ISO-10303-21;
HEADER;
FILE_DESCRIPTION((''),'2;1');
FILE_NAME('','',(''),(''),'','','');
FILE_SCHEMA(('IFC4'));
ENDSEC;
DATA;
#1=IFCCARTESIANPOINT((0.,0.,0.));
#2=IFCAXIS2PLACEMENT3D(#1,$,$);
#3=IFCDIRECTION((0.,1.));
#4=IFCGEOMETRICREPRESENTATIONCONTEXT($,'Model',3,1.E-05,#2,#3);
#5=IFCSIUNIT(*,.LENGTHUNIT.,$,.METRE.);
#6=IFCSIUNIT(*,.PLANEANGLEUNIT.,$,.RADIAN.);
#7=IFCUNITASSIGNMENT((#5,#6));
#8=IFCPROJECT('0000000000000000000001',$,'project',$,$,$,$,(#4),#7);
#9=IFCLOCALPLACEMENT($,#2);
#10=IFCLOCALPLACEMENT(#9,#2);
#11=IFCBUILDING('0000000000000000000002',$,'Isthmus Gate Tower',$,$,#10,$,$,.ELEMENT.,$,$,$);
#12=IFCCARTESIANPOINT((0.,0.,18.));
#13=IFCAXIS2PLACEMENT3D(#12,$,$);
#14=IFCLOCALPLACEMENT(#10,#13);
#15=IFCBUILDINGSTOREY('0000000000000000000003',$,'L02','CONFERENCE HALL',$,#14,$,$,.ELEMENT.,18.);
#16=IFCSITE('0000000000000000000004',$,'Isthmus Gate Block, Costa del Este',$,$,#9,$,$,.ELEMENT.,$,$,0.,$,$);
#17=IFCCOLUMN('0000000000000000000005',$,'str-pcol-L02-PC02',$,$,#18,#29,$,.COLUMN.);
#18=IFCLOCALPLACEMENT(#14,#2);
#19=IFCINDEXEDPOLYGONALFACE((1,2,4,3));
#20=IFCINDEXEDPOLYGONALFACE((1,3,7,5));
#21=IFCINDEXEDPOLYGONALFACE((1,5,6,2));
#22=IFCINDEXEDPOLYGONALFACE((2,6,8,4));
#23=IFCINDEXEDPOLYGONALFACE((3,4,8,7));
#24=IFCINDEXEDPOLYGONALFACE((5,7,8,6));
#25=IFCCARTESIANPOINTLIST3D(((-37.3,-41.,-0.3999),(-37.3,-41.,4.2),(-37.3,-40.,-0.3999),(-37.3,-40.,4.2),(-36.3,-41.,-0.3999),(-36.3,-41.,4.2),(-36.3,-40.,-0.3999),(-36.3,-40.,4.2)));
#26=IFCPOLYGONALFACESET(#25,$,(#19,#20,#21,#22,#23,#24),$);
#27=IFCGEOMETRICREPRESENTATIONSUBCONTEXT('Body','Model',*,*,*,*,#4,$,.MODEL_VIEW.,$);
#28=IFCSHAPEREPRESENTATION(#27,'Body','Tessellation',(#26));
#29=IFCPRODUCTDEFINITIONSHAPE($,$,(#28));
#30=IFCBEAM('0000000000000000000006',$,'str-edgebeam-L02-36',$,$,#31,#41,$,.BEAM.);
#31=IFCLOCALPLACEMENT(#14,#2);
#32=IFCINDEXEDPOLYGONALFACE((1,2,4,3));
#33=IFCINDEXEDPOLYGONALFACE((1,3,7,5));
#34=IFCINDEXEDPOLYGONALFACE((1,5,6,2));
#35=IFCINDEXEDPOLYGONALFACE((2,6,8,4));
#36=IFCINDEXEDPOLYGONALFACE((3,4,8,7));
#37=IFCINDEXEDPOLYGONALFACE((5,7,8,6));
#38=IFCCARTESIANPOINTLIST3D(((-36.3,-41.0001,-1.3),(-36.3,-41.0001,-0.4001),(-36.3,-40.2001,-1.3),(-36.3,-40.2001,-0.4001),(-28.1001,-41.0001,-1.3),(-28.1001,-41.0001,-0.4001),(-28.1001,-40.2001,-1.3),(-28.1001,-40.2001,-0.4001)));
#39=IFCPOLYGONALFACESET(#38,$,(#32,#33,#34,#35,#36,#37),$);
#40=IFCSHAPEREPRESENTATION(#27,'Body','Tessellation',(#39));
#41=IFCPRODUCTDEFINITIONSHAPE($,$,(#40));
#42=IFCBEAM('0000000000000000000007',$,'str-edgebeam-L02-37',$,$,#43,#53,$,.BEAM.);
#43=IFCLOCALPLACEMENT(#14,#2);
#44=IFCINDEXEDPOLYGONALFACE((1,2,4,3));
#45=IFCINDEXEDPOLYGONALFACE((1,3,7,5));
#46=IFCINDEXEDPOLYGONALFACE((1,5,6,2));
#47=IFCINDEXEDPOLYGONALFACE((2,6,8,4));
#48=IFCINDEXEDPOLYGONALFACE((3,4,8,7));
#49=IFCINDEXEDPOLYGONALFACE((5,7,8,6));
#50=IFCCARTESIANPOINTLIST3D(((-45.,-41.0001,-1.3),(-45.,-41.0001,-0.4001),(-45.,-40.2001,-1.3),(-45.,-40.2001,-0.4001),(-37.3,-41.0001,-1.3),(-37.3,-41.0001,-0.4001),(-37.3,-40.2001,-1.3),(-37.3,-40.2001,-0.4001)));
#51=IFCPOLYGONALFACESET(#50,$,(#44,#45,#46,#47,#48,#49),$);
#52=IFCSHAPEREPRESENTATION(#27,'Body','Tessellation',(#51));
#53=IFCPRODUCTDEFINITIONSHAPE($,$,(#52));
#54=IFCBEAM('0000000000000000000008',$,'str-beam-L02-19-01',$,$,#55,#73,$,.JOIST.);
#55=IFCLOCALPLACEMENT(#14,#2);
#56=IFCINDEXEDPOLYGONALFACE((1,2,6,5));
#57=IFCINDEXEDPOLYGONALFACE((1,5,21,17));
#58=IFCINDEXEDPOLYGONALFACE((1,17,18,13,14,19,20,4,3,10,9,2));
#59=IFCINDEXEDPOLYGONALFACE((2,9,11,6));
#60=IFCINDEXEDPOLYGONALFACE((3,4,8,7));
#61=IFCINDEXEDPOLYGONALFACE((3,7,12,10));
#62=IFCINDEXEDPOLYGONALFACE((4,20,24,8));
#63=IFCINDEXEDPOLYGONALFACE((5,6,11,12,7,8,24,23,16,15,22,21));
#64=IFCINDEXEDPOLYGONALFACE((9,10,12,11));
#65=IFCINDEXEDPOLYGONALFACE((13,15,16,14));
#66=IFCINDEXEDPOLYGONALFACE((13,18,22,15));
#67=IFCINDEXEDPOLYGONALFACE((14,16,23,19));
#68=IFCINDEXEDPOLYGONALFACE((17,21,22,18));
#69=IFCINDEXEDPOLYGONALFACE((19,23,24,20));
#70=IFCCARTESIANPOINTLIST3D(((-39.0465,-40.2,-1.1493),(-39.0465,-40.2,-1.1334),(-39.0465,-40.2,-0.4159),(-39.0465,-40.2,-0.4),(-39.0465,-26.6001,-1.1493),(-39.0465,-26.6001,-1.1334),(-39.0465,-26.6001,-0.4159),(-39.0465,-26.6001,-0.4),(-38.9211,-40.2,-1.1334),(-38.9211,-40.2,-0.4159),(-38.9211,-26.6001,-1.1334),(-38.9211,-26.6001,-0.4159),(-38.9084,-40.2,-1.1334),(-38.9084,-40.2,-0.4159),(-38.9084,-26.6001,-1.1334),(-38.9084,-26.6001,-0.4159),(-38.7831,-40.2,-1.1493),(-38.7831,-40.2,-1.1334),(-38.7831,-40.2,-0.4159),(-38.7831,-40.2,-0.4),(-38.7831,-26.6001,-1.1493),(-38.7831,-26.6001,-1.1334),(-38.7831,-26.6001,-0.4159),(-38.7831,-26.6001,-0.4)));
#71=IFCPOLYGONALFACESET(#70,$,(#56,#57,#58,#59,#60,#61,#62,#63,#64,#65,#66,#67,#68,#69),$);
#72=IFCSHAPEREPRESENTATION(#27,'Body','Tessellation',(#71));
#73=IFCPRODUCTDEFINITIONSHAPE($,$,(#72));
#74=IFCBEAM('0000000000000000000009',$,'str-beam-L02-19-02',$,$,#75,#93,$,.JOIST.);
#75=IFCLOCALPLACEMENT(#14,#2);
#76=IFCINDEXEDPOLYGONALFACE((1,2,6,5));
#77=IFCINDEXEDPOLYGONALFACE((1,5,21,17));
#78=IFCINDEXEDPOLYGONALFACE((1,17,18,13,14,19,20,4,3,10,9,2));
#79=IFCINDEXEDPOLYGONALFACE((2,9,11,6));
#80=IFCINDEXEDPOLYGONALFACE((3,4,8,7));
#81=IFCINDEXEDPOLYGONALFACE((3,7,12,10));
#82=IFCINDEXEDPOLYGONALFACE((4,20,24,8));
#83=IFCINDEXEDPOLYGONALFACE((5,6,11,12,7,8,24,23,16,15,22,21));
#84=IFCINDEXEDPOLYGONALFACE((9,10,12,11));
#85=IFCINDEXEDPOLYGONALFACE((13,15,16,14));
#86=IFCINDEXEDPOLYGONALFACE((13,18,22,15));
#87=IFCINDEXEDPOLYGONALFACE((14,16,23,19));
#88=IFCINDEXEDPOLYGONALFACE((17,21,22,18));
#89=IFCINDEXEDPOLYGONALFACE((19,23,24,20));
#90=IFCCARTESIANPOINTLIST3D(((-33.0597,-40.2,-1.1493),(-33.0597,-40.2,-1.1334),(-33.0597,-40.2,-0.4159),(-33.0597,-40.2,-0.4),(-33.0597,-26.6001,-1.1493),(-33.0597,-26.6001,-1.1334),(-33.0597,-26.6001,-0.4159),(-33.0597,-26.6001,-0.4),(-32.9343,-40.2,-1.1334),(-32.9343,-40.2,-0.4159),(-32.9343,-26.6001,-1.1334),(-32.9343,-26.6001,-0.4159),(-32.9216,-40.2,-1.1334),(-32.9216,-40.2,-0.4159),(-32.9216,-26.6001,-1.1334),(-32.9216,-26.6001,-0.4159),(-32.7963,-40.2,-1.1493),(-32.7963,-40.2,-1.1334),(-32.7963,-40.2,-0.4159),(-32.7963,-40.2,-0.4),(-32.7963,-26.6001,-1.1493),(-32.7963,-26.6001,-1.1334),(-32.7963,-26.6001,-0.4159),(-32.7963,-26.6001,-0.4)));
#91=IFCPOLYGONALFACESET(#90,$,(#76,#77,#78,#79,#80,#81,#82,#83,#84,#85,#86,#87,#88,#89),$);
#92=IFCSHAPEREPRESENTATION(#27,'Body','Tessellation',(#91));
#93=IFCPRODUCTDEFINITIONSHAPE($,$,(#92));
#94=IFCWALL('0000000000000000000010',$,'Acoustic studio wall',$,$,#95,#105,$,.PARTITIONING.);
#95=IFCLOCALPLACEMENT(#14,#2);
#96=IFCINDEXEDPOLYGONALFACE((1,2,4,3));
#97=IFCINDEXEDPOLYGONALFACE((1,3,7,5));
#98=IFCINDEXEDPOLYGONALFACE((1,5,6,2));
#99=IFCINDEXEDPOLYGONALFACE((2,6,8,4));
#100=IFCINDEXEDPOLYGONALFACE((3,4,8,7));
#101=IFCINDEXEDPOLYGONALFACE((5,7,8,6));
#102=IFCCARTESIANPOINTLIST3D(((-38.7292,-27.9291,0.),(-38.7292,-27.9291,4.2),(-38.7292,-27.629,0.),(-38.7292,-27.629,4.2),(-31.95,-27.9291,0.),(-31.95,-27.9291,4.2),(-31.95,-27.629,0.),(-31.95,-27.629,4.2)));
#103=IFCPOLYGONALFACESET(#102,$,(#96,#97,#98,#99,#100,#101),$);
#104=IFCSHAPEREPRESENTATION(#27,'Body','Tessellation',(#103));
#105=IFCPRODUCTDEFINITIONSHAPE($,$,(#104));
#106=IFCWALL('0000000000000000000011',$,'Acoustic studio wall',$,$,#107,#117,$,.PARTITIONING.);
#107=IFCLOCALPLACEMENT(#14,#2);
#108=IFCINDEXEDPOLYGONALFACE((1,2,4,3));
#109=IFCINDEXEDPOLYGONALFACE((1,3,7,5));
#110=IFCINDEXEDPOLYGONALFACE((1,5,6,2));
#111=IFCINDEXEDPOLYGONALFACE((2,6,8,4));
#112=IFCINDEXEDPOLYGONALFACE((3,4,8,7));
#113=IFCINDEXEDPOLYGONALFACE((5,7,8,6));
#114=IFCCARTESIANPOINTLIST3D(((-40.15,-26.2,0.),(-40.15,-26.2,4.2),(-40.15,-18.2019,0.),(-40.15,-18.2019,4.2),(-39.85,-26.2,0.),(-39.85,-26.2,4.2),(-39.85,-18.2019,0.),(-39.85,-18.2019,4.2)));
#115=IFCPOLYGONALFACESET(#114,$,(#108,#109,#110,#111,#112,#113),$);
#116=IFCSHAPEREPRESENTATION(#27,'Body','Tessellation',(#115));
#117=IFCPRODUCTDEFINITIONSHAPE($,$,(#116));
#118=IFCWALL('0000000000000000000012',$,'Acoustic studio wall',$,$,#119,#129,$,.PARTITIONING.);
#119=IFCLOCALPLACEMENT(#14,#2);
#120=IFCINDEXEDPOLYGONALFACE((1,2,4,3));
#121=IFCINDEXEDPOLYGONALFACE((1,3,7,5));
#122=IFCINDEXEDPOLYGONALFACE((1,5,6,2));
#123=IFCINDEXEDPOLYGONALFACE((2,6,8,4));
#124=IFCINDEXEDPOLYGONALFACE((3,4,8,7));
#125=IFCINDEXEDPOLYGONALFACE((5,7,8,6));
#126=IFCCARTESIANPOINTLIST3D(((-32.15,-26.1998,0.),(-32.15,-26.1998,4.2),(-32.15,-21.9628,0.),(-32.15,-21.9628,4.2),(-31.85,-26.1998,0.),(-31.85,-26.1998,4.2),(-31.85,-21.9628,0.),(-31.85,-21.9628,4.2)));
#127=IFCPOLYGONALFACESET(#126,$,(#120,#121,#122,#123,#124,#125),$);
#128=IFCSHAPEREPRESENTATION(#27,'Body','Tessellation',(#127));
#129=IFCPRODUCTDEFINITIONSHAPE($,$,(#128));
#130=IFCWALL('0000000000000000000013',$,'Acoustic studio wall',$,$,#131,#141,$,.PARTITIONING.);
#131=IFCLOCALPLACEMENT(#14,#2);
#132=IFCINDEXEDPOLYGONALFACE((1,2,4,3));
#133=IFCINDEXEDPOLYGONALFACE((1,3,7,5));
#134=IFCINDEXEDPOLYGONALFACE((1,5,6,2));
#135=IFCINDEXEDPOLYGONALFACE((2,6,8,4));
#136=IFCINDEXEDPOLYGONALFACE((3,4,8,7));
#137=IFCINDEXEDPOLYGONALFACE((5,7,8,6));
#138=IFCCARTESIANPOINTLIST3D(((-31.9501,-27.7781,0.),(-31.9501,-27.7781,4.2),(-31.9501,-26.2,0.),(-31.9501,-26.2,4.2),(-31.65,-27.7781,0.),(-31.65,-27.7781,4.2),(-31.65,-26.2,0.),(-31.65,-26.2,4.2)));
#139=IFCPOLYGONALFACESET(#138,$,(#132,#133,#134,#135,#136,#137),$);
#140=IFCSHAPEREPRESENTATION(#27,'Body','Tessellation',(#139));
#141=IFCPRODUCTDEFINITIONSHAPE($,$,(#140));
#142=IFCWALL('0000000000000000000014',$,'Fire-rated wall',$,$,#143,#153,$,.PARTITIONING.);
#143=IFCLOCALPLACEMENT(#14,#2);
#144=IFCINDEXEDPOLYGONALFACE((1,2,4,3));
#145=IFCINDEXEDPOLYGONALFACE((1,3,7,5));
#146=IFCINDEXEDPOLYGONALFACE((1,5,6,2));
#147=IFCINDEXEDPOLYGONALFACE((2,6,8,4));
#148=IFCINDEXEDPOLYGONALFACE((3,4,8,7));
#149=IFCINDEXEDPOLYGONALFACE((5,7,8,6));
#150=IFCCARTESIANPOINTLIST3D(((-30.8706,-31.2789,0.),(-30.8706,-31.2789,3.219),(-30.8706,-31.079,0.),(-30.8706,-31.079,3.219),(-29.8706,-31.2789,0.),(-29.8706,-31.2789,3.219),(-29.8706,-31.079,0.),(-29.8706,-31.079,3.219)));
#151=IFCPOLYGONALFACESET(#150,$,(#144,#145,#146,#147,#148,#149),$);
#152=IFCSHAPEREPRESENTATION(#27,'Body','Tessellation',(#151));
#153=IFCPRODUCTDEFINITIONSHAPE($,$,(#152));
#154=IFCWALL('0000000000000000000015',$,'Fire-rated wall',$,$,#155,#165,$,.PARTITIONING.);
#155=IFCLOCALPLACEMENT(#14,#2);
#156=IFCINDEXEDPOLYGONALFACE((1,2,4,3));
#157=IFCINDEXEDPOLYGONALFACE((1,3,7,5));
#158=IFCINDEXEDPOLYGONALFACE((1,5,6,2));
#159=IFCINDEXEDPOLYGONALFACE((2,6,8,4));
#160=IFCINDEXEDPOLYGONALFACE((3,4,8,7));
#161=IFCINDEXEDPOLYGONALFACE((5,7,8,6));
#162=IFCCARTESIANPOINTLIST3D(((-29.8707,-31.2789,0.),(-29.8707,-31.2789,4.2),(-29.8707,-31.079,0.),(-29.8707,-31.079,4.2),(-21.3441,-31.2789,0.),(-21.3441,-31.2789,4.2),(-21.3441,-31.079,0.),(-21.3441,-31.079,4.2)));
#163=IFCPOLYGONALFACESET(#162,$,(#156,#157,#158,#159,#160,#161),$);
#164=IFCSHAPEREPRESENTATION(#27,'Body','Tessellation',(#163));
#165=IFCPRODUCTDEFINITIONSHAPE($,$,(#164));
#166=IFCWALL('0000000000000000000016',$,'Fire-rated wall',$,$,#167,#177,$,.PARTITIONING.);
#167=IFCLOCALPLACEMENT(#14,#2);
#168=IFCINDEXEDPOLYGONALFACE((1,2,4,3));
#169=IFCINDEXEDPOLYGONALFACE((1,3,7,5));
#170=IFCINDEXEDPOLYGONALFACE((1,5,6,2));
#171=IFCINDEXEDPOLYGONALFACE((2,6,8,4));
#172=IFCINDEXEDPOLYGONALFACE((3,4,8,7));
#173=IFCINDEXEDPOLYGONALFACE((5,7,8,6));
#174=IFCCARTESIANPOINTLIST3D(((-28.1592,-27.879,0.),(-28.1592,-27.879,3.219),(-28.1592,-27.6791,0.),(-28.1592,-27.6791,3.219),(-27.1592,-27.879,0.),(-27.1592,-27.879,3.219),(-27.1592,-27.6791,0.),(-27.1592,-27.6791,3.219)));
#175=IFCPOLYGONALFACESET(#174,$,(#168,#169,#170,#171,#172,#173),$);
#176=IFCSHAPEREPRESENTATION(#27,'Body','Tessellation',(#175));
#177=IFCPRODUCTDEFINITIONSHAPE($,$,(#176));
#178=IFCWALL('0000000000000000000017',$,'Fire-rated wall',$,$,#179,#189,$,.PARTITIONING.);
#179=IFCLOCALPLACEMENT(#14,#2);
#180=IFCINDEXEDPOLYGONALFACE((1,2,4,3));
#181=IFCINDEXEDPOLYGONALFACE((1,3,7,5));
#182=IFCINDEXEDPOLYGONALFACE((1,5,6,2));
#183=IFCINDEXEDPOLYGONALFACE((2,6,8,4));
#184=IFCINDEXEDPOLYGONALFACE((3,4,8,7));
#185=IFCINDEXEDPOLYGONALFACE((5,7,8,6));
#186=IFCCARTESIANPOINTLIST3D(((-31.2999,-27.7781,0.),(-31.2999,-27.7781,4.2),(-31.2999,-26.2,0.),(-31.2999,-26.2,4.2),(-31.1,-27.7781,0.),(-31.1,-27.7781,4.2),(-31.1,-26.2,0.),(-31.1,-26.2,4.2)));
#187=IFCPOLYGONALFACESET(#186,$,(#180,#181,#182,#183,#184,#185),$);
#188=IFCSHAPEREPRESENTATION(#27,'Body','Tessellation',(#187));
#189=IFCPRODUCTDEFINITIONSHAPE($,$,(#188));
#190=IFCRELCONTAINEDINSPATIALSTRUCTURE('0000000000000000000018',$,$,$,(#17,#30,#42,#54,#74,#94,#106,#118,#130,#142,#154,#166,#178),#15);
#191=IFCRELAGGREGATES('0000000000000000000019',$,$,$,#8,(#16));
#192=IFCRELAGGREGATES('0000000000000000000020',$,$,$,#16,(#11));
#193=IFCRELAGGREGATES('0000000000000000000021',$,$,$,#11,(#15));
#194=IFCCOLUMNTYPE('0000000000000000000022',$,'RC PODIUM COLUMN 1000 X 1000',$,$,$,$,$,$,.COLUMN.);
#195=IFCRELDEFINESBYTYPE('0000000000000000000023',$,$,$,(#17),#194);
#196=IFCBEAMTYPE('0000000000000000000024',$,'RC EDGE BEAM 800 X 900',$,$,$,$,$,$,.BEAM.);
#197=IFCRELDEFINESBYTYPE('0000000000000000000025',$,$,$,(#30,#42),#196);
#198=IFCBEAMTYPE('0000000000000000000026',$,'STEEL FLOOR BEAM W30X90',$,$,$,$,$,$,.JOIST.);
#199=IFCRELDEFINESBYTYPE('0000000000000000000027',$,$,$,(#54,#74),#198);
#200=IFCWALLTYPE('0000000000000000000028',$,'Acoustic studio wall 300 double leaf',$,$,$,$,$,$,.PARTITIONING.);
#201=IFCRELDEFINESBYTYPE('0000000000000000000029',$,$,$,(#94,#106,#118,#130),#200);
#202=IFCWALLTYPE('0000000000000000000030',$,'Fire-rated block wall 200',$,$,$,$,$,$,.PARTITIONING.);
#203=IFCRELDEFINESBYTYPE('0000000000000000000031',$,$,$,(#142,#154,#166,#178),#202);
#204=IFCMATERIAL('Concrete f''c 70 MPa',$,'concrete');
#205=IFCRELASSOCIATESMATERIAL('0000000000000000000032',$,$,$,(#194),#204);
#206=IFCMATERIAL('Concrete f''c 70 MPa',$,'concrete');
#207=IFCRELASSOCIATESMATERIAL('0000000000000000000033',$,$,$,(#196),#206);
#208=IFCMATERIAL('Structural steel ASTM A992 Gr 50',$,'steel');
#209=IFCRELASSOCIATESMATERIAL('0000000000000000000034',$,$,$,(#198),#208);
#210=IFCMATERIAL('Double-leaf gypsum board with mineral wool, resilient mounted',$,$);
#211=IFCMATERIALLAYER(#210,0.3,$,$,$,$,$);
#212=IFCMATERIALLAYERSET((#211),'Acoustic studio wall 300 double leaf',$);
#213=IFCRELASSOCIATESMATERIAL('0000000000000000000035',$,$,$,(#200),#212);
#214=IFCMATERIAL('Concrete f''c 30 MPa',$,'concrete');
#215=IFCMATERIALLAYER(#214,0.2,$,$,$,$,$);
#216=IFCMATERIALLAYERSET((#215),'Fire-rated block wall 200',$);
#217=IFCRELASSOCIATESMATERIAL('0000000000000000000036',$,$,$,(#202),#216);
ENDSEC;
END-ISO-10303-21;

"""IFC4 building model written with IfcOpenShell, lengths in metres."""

from ifc_helpers import new_model, si_unit, direction, frame, frame_2d, origin, origin_2d, place, context, subcontext, project, spatial, rectangle, i_section, extrude, material, layer, layer_set, material_profile, profile_set, type_object, element, save


model = new_model("IFC4")

# Units and contexts
model_context = context("Model", 3, precision=1e-05, world=origin(), true_north=direction((0.0, 1.0)))
body_context = subcontext(model_context, "Body", "Model", "MODEL_VIEW")
ifc_project = project(units=[si_unit("LENGTHUNIT", "METRE"), si_unit("PLANEANGLEUNIT", "RADIAN")], contexts=[model_context])

# Site, building, storey
site_placement = place(None, origin())
site = spatial("IfcSite", under=ifc_project, at=site_placement, Name="Isthmus Gate Block, Costa del Este", CompositionType="ELEMENT", RefElevation=0.0)
building_placement = place(site_placement, origin())
building = spatial("IfcBuilding", under=site, at=building_placement, Name="Isthmus Gate Tower", CompositionType="ELEMENT")
storey_placement = place(building_placement, frame((0.0, 0.0, 18.0)))
storey = spatial("IfcBuildingStorey", under=building, at=storey_placement, Name="L02", Description="CONFERENCE HALL", CompositionType="ELEMENT", Elevation=18.0)

# Column
ifc_material_1 = material(Name="Concrete f'c 70 MPa", Category="concrete")
ifc_material_profile_1 = material_profile(ifc_material_1, rectangle(XDim=1.0, YDim=1.0, at=origin_2d()), Name="RC 1000X1000")
ifc_profile_set_1 = profile_set([ifc_material_profile_1], Name="Concrete f'c 70 MPa")
column_type = type_object("IfcColumnType", Name="RC PODIUM COLUMN 1000 X 1000", PredefinedType="COLUMN", material=ifc_profile_set_1)
column_placement = place(storey_placement, frame((-36.8, -40.5, -0.3999), z_axis=(0.0, 0.0, 1.0), x_axis=(1.0, 0.0, 0.0)))
element("IfcColumn", 1, at=column_placement, inside=storey, type_object=column_type, Name="str-pcol-L02-PC02", PredefinedType="COLUMN", context=body_context, shape_type="SweptSolid", body=[
    extrude(rectangle(XDim=1.0, YDim=1.0, at=origin_2d()), origin(), (0.0, 0.0, 1.0), 4.5999),
])

# Beams
ifc_material_2 = material(Name="Concrete f'c 70 MPa", Category="concrete")
ifc_material_profile_2 = material_profile(ifc_material_2, rectangle(XDim=0.8, YDim=0.8999, at=origin_2d()), Name="RC 800X900")
ifc_profile_set_2 = profile_set([ifc_material_profile_2], Name="Concrete f'c 70 MPa")
beam_type_1 = type_object("IfcBeamType", Name="RC EDGE BEAM 800 X 900", PredefinedType="BEAM", material=ifc_profile_set_2)
beam_1_placement = place(storey_placement, frame((-28.1001, -40.6001, -0.8501), z_axis=(-1.0, 0.0, 0.0), x_axis=(0.0, -1.0, 0.0)))
element("IfcBeam", 2, at=beam_1_placement, inside=storey, type_object=beam_type_1, Name="str-edgebeam-L02-36", PredefinedType="BEAM", context=body_context, shape_type="SweptSolid", body=[
    extrude(rectangle(XDim=0.8, YDim=0.8999, at=origin_2d()), origin(), (0.0, 0.0, 1.0), 8.2),
])
beam_2_placement = place(storey_placement, frame((-37.3, -40.6001, -0.8501), z_axis=(-1.0, 0.0, 0.0), x_axis=(0.0, -1.0, 0.0)))
element("IfcBeam", 3, at=beam_2_placement, inside=storey, type_object=beam_type_1, Name="str-edgebeam-L02-37", PredefinedType="BEAM", context=body_context, shape_type="SweptSolid", body=[
    extrude(rectangle(XDim=0.8, YDim=0.8999, at=origin_2d()), origin(), (0.0, 0.0, 1.0), 7.7),
])
ifc_material_3 = material(Name="Structural steel ASTM A992 Gr 50", Category="steel")
ifc_material_profile_3 = material_profile(ifc_material_3, i_section(OverallWidth=0.2634, OverallDepth=0.7493, WebThickness=0.0127, FlangeThickness=0.0159, at=origin_2d()), Name="W30X90")
ifc_profile_set_3 = profile_set([ifc_material_profile_3], Name="Structural steel ASTM A992 Gr 50")
beam_type_2 = type_object("IfcBeamType", Name="STEEL FLOOR BEAM W30X90", PredefinedType="JOIST", material=ifc_profile_set_3)
for number, where, z_axis, x_axis, name in (
    (4, (-38.9148, -40.2, -0.7747), (0.0, 1.0, 0.0), (-1.0, 0.0, 0.0), "str-beam-L02-19-01"),
    (5, (-32.928, -40.2, -0.7747), (0.0, 1.0, 0.0), (-1.0, 0.0, 0.0), "str-beam-L02-19-02"),
):
    element("IfcBeam", number, at=place(storey_placement, frame(where, z_axis=z_axis, x_axis=x_axis)), inside=storey, type_object=beam_type_2, Name=name, PredefinedType="JOIST", context=body_context, shape_type="SweptSolid", body=[
        extrude(i_section(OverallWidth=0.2634, OverallDepth=0.7493, WebThickness=0.0127, FlangeThickness=0.0159, at=origin_2d()), origin(), (0.0, 0.0, 1.0), 13.5999),
    ])

# Walls
ifc_material_4 = material(Name="Double-leaf gypsum board with mineral wool, resilient mounted")
ifc_layer_1 = layer(ifc_material_4, 0.3)
ifc_layer_set_1 = layer_set([ifc_layer_1], Name="Acoustic studio wall 300 double leaf")
wall_type_1 = type_object("IfcWallType", Name="Acoustic studio wall 300 double leaf", PredefinedType="PARTITIONING", material=ifc_layer_set_1)
wall_1_placement = place(storey_placement, frame((-38.7292, -27.7791, 0.0), z_axis=(0.0, 0.0, 1.0), x_axis=(1.0, 0.0, 0.0)))
element("IfcWall", 6, at=wall_1_placement, inside=storey, type_object=wall_type_1, Name="Acoustic studio wall", PredefinedType="PARTITIONING", context=body_context, shape_type="SweptSolid", body=[
    extrude(rectangle(XDim=6.7793, YDim=0.3, at=frame_2d((3.3896, 0.0))), origin(), (0.0, 0.0, 1.0), 4.2),
])
wall_2_placement = place(storey_placement, frame((-40.0, -26.2, 0.0), z_axis=(0.0, 0.0, 1.0), x_axis=(0.0, 1.0, 0.0)))
element("IfcWall", 7, at=wall_2_placement, inside=storey, type_object=wall_type_1, Name="Acoustic studio wall", PredefinedType="PARTITIONING", context=body_context, shape_type="SweptSolid", body=[
    extrude(rectangle(XDim=7.998, YDim=0.3, at=frame_2d((3.999, 0.0))), origin(), (0.0, 0.0, 1.0), 4.2),
])
wall_3_placement = place(storey_placement, frame((-32.0, -26.2, 0.0), z_axis=(0.0, 0.0, 1.0), x_axis=(0.0, 1.0, 0.0)))
element("IfcWall", 8, at=wall_3_placement, inside=storey, type_object=wall_type_1, Name="Acoustic studio wall", PredefinedType="PARTITIONING", context=body_context, shape_type="SweptSolid", body=[
    extrude(rectangle(XDim=4.2371, YDim=0.3, at=frame_2d((2.1187, 0.0))), origin(), (0.0, 0.0, 1.0), 4.2),
])
wall_4_placement = place(storey_placement, frame((-31.8, -27.7781, 0.0), z_axis=(0.0, 0.0, 1.0), x_axis=(0.0, 1.0, 0.0)))
element("IfcWall", 9, at=wall_4_placement, inside=storey, type_object=wall_type_1, Name="Acoustic studio wall", PredefinedType="PARTITIONING", context=body_context, shape_type="SweptSolid", body=[
    extrude(rectangle(XDim=1.5781, YDim=0.3, at=frame_2d((0.7891, 0.0))), origin(), (0.0, 0.0, 1.0), 4.2),
])
ifc_material_5 = material(Name="Concrete f'c 30 MPa", Category="concrete")
ifc_layer_2 = layer(ifc_material_5, 0.2)
ifc_layer_set_2 = layer_set([ifc_layer_2], Name="Fire-rated block wall 200")
wall_type_2 = type_object("IfcWallType", Name="Fire-rated block wall 200", PredefinedType="PARTITIONING", material=ifc_layer_set_2)
wall_5_placement = place(storey_placement, frame((-30.8706, -31.179, 0.0), z_axis=(0.0, 0.0, 1.0), x_axis=(1.0, 0.0, 0.0)))
element("IfcWall", 10, at=wall_5_placement, inside=storey, type_object=wall_type_2, Name="Fire-rated wall", PredefinedType="PARTITIONING", context=body_context, shape_type="SweptSolid", body=[
    extrude(rectangle(XDim=1.0, YDim=0.2, at=frame_2d((0.5, 0.0))), origin(), (0.0, 0.0, 1.0), 3.219),
])
wall_6_placement = place(storey_placement, frame((-29.8706, -31.179, 0.0), z_axis=(0.0, 0.0, 1.0), x_axis=(1.0, 0.0, 0.0)))
element("IfcWall", 11, at=wall_6_placement, inside=storey, type_object=wall_type_2, Name="Fire-rated wall", PredefinedType="PARTITIONING", context=body_context, shape_type="SweptSolid", body=[
    extrude(rectangle(XDim=8.5266, YDim=0.2, at=frame_2d((4.2632, 0.0))), origin(), (0.0, 0.0, 1.0), 4.2),
])

# Walls
wall_7_placement = place(storey_placement, frame((-28.1592, -27.7791, 0.0), z_axis=(0.0, 0.0, 1.0), x_axis=(1.0, 0.0, 0.0)))
element("IfcWall", 12, at=wall_7_placement, inside=storey, type_object=wall_type_2, Name="Fire-rated wall", PredefinedType="PARTITIONING", context=body_context, shape_type="SweptSolid", body=[
    extrude(rectangle(XDim=1.0, YDim=0.2, at=frame_2d((0.5, 0.0))), origin(), (0.0, 0.0, 1.0), 3.219),
])
wall_8_placement = place(storey_placement, frame((-31.2, -27.7781, 0.0), z_axis=(0.0, 0.0, 1.0), x_axis=(0.0, 1.0, 0.0)))
element("IfcWall", 13, at=wall_8_placement, inside=storey, type_object=wall_type_2, Name="Fire-rated wall", PredefinedType="PARTITIONING", context=body_context, shape_type="SweptSolid", body=[
    extrude(rectangle(XDim=1.5781, YDim=0.2, at=frame_2d((0.7891, 0.0))), origin(), (0.0, 0.0, 1.0), 4.2),
])

save(model, "model.ifc")
